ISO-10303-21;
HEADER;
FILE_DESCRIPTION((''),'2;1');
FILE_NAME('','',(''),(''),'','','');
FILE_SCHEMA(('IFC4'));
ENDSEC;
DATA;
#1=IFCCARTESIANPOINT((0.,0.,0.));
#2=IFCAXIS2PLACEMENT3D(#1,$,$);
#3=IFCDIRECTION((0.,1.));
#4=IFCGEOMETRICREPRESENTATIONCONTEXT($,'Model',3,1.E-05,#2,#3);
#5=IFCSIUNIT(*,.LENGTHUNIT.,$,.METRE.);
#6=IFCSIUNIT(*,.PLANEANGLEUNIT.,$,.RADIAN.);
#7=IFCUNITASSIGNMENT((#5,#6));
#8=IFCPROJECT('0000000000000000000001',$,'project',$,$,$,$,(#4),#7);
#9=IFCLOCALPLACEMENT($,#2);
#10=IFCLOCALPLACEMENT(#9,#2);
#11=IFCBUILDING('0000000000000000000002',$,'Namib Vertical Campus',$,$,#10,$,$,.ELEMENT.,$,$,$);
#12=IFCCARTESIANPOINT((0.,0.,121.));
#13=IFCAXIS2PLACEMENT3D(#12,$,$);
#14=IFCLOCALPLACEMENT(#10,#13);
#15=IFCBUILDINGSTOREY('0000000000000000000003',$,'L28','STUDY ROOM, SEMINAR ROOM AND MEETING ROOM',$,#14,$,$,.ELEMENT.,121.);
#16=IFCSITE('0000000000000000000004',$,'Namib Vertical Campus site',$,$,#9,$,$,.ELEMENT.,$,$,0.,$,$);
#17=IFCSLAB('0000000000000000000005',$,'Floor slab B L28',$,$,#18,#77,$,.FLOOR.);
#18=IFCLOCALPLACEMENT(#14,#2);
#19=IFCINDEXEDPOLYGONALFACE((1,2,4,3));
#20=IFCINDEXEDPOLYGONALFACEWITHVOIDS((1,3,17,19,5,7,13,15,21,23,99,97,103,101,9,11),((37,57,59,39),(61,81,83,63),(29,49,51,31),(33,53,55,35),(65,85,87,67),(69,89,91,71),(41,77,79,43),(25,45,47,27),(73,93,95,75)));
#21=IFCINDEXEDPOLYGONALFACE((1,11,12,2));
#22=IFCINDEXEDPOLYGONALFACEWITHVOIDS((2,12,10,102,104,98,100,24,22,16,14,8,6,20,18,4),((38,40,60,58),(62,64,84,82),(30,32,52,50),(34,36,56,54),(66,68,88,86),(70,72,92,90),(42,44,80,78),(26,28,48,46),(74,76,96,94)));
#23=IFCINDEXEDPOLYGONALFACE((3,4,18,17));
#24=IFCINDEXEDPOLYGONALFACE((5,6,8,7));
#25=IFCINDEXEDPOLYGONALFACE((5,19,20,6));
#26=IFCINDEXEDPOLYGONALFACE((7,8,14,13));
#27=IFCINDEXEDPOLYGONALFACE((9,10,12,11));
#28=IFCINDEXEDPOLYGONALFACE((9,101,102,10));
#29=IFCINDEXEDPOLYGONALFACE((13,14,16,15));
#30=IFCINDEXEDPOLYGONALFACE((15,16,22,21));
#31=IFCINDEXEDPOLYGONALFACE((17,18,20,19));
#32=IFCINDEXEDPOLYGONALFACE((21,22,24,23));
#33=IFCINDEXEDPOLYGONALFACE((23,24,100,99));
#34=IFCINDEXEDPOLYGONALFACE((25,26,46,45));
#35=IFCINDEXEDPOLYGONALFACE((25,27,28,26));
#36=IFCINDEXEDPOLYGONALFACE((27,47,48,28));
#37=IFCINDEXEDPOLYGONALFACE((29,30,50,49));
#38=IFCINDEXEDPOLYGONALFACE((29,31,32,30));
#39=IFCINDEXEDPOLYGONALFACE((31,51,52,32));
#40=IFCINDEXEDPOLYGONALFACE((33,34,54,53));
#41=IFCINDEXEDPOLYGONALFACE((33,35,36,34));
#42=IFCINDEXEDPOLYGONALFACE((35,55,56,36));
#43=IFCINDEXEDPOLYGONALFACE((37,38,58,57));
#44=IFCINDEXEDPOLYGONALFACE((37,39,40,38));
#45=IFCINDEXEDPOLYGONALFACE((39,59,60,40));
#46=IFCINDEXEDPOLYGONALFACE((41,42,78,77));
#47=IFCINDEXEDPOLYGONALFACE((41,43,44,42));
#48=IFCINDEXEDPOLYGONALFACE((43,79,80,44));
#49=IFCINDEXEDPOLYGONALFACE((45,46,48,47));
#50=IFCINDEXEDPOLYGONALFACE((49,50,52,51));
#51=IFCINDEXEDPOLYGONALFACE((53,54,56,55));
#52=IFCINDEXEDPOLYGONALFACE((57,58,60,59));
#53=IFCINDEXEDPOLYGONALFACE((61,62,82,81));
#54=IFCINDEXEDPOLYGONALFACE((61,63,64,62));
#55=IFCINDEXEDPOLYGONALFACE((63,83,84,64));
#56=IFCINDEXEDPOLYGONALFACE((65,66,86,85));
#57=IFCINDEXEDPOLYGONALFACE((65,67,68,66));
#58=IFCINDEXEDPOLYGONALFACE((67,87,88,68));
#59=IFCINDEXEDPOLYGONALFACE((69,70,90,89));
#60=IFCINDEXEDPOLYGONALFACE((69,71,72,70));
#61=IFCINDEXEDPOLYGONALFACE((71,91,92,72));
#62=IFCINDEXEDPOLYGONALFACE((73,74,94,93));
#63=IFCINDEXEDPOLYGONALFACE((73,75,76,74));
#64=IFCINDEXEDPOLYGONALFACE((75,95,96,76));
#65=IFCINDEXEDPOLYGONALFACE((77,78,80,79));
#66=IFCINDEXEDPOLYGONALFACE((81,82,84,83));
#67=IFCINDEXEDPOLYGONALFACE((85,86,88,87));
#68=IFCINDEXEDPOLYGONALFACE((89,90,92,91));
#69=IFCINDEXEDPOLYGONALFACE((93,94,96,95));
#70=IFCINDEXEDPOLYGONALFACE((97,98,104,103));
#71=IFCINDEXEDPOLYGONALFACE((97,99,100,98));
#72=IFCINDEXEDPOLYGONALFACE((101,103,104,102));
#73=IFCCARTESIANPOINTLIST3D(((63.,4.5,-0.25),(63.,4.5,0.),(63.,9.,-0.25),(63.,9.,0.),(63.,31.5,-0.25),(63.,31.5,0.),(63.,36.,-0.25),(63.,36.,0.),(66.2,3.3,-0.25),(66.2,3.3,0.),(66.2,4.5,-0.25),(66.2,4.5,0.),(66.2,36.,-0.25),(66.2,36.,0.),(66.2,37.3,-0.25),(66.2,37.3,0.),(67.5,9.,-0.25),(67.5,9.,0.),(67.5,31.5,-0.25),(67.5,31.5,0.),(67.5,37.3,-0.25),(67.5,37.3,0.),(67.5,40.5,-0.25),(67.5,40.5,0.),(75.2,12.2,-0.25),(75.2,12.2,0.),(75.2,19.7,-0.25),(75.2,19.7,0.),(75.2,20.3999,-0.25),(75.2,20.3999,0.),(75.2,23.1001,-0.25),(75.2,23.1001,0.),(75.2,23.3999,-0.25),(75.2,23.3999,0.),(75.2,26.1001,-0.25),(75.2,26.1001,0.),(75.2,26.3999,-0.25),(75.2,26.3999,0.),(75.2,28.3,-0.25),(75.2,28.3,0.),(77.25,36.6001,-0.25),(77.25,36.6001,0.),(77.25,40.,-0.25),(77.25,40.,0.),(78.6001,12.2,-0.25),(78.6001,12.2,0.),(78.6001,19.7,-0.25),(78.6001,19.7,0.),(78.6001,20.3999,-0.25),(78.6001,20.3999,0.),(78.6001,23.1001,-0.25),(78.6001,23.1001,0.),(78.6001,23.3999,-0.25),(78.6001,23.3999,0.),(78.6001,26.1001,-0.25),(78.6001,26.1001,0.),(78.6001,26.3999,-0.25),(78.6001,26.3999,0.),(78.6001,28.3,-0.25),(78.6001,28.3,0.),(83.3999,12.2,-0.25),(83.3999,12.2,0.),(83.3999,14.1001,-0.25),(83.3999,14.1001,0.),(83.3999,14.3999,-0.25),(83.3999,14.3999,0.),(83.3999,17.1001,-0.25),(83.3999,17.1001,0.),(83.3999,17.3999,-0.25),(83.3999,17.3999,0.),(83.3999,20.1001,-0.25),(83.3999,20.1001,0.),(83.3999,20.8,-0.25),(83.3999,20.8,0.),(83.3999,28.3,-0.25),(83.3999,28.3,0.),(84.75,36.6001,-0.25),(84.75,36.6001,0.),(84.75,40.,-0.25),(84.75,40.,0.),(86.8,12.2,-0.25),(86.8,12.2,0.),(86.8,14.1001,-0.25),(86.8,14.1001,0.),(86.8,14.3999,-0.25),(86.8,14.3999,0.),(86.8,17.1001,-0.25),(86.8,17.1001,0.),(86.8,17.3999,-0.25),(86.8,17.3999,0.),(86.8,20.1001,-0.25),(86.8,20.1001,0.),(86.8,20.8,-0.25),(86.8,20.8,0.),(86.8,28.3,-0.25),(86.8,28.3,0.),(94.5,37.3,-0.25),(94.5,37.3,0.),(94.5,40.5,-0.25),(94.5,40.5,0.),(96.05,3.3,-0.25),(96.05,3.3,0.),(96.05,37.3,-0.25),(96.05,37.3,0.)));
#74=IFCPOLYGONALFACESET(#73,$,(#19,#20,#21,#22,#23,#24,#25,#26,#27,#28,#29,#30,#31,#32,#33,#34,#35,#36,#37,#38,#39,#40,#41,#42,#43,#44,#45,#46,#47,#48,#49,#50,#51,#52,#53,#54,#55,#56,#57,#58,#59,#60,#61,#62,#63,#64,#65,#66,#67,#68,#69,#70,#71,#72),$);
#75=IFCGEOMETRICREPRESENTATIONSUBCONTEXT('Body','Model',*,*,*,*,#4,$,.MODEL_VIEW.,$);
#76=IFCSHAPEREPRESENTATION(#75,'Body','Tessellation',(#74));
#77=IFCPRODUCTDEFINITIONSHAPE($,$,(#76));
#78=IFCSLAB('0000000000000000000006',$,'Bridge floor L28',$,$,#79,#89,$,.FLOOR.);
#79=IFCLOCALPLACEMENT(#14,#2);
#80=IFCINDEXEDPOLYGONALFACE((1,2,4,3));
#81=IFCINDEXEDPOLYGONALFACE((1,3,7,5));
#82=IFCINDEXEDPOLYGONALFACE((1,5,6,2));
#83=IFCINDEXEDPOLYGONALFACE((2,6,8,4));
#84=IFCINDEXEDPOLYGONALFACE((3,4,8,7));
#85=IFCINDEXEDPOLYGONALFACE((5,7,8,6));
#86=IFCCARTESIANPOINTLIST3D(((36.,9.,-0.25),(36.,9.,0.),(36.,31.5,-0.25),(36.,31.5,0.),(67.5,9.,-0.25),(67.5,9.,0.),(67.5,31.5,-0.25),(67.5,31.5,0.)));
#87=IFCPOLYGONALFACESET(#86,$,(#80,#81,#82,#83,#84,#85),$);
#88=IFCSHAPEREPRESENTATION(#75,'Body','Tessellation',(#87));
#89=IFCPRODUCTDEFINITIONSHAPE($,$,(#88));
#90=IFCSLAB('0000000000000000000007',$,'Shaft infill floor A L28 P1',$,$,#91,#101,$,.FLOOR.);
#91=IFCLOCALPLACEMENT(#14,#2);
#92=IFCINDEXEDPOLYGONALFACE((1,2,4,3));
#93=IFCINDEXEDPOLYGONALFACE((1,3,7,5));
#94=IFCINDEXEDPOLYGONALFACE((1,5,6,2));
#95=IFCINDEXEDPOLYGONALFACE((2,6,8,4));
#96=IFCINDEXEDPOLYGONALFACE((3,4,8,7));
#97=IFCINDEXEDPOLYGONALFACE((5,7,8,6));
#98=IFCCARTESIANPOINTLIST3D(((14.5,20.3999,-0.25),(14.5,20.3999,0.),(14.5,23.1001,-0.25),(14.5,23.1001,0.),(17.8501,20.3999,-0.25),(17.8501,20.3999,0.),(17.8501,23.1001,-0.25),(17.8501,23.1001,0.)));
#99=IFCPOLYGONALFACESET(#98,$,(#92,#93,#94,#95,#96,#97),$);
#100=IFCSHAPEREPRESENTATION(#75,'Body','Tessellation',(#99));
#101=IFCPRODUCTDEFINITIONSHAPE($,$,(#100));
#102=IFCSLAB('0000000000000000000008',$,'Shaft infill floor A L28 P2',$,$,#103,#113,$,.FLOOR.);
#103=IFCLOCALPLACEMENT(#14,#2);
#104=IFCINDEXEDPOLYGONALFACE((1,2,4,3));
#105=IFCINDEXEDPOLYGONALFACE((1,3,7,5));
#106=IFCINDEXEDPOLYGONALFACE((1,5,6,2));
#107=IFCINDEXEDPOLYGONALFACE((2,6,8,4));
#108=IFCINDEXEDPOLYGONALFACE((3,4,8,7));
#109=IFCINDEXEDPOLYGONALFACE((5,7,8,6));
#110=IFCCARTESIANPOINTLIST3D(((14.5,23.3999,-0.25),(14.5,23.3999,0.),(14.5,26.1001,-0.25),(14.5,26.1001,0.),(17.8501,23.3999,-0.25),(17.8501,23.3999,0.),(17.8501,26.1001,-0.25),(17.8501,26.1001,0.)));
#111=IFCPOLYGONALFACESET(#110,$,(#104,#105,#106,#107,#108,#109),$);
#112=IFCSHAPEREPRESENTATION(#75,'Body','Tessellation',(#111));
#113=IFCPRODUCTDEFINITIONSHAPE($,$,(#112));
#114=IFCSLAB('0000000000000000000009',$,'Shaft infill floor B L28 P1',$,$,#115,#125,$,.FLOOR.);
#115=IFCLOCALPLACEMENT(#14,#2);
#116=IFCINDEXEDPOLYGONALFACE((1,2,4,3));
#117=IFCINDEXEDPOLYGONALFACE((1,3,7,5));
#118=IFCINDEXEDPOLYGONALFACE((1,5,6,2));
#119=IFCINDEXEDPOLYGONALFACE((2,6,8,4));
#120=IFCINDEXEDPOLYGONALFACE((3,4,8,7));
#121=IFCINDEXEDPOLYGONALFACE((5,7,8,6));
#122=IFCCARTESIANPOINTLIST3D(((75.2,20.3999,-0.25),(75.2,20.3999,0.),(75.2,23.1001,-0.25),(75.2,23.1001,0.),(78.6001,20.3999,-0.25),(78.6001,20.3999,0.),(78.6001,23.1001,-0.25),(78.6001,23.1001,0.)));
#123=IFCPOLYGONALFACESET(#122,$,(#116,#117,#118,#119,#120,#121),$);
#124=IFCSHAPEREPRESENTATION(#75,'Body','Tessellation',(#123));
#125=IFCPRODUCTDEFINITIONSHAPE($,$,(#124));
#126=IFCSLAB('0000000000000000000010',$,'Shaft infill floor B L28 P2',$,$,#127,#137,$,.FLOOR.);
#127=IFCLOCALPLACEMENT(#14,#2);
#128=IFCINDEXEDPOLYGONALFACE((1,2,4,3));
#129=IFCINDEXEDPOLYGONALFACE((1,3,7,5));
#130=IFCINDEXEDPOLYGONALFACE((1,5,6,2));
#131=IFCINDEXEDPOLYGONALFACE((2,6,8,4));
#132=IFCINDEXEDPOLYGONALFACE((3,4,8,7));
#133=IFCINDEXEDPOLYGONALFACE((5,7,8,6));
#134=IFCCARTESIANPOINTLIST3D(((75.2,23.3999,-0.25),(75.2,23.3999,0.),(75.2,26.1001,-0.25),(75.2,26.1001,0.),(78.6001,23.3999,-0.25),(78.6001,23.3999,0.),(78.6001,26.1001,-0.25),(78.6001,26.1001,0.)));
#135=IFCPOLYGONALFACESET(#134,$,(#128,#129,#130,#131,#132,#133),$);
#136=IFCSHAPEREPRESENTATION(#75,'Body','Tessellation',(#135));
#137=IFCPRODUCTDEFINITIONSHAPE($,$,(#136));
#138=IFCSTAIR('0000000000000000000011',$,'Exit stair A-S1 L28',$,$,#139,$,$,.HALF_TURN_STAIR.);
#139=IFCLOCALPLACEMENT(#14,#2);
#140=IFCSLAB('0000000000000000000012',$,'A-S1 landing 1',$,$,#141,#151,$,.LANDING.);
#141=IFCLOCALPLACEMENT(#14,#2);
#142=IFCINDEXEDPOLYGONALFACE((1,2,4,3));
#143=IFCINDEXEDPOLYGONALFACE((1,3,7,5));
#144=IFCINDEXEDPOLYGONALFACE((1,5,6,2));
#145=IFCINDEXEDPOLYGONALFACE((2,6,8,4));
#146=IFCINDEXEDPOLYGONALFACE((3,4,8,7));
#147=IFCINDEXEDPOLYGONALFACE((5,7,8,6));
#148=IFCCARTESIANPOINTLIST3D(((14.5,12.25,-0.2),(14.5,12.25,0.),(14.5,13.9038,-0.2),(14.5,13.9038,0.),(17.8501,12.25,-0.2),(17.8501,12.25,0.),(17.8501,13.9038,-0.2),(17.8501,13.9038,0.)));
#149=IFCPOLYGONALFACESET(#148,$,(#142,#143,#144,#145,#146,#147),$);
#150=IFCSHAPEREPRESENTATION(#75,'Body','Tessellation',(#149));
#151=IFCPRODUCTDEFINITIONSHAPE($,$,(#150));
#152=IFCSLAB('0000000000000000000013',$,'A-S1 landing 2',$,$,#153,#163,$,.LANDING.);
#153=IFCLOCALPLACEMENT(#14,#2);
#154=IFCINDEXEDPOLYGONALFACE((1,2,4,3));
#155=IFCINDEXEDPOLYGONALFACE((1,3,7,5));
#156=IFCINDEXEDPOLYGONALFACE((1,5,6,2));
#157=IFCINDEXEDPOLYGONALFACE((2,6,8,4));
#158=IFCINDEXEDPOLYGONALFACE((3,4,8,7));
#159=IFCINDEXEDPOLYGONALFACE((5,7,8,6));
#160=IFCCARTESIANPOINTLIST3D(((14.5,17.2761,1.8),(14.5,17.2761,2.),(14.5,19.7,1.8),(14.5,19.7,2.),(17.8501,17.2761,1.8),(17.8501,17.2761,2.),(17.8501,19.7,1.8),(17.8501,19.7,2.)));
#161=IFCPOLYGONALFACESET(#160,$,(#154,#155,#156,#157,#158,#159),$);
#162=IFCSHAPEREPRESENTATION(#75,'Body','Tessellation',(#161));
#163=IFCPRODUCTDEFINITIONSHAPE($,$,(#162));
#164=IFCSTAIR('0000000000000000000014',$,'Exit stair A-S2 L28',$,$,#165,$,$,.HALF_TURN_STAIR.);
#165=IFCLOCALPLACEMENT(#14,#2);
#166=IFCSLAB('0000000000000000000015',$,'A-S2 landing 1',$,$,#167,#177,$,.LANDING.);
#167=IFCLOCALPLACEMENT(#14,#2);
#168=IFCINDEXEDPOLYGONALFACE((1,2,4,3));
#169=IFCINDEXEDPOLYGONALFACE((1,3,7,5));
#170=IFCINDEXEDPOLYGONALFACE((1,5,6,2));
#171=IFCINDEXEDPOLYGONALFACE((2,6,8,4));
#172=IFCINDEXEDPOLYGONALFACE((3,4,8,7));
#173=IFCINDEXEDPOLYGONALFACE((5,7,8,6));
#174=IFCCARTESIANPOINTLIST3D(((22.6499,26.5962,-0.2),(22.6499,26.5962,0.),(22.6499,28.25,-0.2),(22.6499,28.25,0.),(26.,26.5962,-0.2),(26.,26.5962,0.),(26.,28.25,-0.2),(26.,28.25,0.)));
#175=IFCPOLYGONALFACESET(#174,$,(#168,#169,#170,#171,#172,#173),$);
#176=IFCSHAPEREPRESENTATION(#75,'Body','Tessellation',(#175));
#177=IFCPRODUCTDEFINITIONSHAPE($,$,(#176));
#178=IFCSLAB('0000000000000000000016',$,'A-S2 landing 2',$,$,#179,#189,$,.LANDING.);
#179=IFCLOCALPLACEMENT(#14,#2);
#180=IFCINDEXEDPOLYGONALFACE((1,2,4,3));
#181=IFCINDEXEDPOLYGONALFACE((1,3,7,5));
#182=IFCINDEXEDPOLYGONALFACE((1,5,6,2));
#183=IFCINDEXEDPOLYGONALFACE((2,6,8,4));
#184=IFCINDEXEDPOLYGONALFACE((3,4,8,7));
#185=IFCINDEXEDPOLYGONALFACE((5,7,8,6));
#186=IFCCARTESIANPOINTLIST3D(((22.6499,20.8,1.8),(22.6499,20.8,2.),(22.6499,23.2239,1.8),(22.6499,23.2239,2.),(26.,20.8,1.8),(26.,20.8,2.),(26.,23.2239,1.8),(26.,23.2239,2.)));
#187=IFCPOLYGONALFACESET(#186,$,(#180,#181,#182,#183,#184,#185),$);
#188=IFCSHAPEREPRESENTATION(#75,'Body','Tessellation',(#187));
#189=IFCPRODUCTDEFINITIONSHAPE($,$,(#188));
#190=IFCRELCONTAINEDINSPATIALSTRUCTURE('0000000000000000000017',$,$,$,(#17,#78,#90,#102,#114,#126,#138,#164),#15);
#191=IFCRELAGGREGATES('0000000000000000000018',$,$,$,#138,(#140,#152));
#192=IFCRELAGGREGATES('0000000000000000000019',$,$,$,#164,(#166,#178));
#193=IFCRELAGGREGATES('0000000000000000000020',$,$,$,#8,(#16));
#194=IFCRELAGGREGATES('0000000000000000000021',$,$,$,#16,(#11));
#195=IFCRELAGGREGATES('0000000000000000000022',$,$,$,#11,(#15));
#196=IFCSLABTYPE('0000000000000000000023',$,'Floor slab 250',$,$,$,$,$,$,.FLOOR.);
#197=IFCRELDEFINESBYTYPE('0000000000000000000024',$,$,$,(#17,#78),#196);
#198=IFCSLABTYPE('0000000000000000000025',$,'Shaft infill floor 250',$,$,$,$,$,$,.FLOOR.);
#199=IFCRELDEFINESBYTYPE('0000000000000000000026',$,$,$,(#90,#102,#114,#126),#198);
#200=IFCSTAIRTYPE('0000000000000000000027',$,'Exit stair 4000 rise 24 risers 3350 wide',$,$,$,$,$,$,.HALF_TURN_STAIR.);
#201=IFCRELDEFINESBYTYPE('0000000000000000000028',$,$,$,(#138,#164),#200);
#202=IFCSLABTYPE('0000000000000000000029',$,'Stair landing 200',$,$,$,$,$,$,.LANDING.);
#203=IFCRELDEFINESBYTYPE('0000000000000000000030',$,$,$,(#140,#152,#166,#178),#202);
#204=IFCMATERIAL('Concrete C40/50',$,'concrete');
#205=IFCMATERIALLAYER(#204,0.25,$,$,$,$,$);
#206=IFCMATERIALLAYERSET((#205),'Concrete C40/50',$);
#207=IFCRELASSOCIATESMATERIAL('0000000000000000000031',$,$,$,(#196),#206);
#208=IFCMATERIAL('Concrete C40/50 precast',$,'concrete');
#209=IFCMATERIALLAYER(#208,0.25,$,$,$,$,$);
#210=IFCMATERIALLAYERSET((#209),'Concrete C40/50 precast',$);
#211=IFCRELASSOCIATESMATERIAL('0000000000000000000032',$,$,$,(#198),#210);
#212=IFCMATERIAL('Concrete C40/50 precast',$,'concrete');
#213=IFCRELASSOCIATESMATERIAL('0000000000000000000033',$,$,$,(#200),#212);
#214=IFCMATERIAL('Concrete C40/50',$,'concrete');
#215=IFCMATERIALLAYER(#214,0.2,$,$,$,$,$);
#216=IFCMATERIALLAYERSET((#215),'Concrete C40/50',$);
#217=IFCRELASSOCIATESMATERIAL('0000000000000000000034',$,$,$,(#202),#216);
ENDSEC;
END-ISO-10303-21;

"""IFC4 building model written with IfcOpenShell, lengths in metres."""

from ifc_helpers import new_model, si_unit, direction, frame, origin, place, context, subcontext, project, spatial, polyline, outline, extrude, material, layer, layer_set, type_object, element, aggregate, save


model = new_model("IFC4")

# Units and contexts
model_context = context("Model", 3, precision=1e-05, world=origin(), true_north=direction((0.0, 1.0)))
body_context = subcontext(model_context, "Body", "Model", "MODEL_VIEW")
ifc_project = project(units=[si_unit("LENGTHUNIT", "METRE"), si_unit("PLANEANGLEUNIT", "RADIAN")], contexts=[model_context])

# Site, building, storey
site_placement = place(None, origin())
site = spatial("IfcSite", under=ifc_project, at=site_placement, Name="Namib Vertical Campus site", CompositionType="ELEMENT", RefElevation=0.0)
building_placement = place(site_placement, origin())
building = spatial("IfcBuilding", under=site, at=building_placement, Name="Namib Vertical Campus", CompositionType="ELEMENT")
storey_placement = place(building_placement, frame((0.0, 0.0, 121.0)))
storey = spatial("IfcBuildingStorey", under=building, at=storey_placement, Name="L28", Description="STUDY ROOM, SEMINAR ROOM AND MEETING ROOM", CompositionType="ELEMENT", Elevation=121.0)

# Slabs
ifc_material_1 = material(Name="Concrete C40/50", Category="concrete")
ifc_layer_1 = layer(ifc_material_1, 0.25)
ifc_layer_set_1 = layer_set([ifc_layer_1], Name="Concrete C40/50")
slab_type_1 = type_object("IfcSlabType", Name="Floor slab 250", PredefinedType="FLOOR", material=ifc_layer_set_1)
slab_1_placement = place(storey_placement, frame((0.0, 0.0, -0.25)))
element("IfcSlab", 1, at=slab_1_placement, inside=storey, type_object=slab_type_1, Name="Floor slab B L28", PredefinedType="FLOOR", context=body_context, shape_type="SweptSolid", body=[
    extrude(outline(polyline([(63.0, 9.0), (63.0, 4.5), (66.2, 4.5), (66.2, 3.3), (96.05, 3.3), (96.05, 37.3), (94.5, 37.3), (94.5, 40.5), (67.5, 40.5), (67.5, 37.3), (66.2, 37.3), (66.2, 36.0), (63.0, 36.0), (63.0, 31.5), (67.5, 31.5), (67.5, 9.0), (63.0, 9.0)]), holes=[polyline([(75.2, 12.2), (78.6001, 12.2), (78.6001, 19.7), (75.2, 19.7), (75.2, 12.2)]), polyline([(83.3999, 20.8), (86.8, 20.8), (86.8, 28.3), (83.3999, 28.3), (83.3999, 20.8)]), polyline([(83.3999, 12.2), (86.8, 12.2), (86.8, 14.1001), (83.3999, 14.1001), (83.3999, 12.2)]), polyline([(75.2, 20.3999), (78.6001, 20.3999), (78.6001, 23.1001), (75.2, 23.1001), (75.2, 20.3999)]), polyline([(75.2, 23.3999), (78.6001, 23.3999), (78.6001, 26.1001), (75.2, 26.1001), (75.2, 23.3999)]), polyline([(75.2, 26.3999), (78.6001, 26.3999), (78.6001, 28.3), (75.2, 28.3), (75.2, 26.3999)]), polyline([(83.3999, 14.3999), (86.8, 14.3999), (86.8, 17.1001), (83.3999, 17.1001), (83.3999, 14.3999)]), polyline([(83.3999, 17.3999), (86.8, 17.3999), (86.8, 20.1001), (83.3999, 20.1001), (83.3999, 17.3999)]), polyline([(77.25, 36.6001), (84.75, 36.6001), (84.75, 40.0), (77.25, 40.0), (77.25, 36.6001)])]), origin(), (0.0, 0.0, 1.0), 0.25),
])
slab_2_placement = place(storey_placement, frame((0.0, 0.0, -0.25)))
element("IfcSlab", 2, at=slab_2_placement, inside=storey, type_object=slab_type_1, Name="Bridge floor L28", PredefinedType="FLOOR", context=body_context, shape_type="SweptSolid", body=[
    extrude(outline(polyline([(36.0, 9.0), (67.5, 9.0), (67.5, 31.5), (36.0, 31.5), (36.0, 9.0)])), origin(), (0.0, 0.0, 1.0), 0.25),
])
ifc_material_2 = material(Name="Concrete C40/50 precast", Category="concrete")
ifc_layer_2 = layer(ifc_material_2, 0.25)
ifc_layer_set_2 = layer_set([ifc_layer_2], Name="Concrete C40/50 precast")
slab_type_2 = type_object("IfcSlabType", Name="Shaft infill floor 250", PredefinedType="FLOOR", material=ifc_layer_set_2)
slab_3_placement = place(storey_placement, frame((0.0, 0.0, -0.25)))
element("IfcSlab", 3, at=slab_3_placement, inside=storey, type_object=slab_type_2, Name="Shaft infill floor A L28 P1", PredefinedType="FLOOR", context=body_context, shape_type="SweptSolid", body=[
    extrude(outline(polyline([(14.5, 20.3999), (17.8501, 20.3999), (17.8501, 23.1001), (14.5, 23.1001), (14.5, 20.3999)])), origin(), (0.0, 0.0, 1.0), 0.25),
])
slab_4_placement = place(storey_placement, frame((0.0, 0.0, -0.25)))
element("IfcSlab", 4, at=slab_4_placement, inside=storey, type_object=slab_type_2, Name="Shaft infill floor A L28 P2", PredefinedType="FLOOR", context=body_context, shape_type="SweptSolid", body=[
    extrude(outline(polyline([(14.5, 23.3999), (17.8501, 23.3999), (17.8501, 26.1001), (14.5, 26.1001), (14.5, 23.3999)])), origin(), (0.0, 0.0, 1.0), 0.25),
])
slab_5_placement = place(storey_placement, frame((0.0, 0.0, -0.25)))
element("IfcSlab", 5, at=slab_5_placement, inside=storey, type_object=slab_type_2, Name="Shaft infill floor B L28 P1", PredefinedType="FLOOR", context=body_context, shape_type="SweptSolid", body=[
    extrude(outline(polyline([(75.2, 20.3999), (78.6001, 20.3999), (78.6001, 23.1001), (75.2, 23.1001), (75.2, 20.3999)])), origin(), (0.0, 0.0, 1.0), 0.25),
])
slab_6_placement = place(storey_placement, frame((0.0, 0.0, -0.25)))
element("IfcSlab", 6, at=slab_6_placement, inside=storey, type_object=slab_type_2, Name="Shaft infill floor B L28 P2", PredefinedType="FLOOR", context=body_context, shape_type="SweptSolid", body=[
    extrude(outline(polyline([(75.2, 23.3999), (78.6001, 23.3999), (78.6001, 26.1001), (75.2, 26.1001), (75.2, 23.3999)])), origin(), (0.0, 0.0, 1.0), 0.25),
])

# Stairs, slabs
ifc_material_3 = material(Name="Concrete C40/50 precast", Category="concrete")
stair_type_1 = type_object("IfcStairType", Name="Exit stair 4000 rise 24 risers 3350 wide", PredefinedType="HALF_TURN_STAIR", material=ifc_material_3)
stair_1_placement = place(storey_placement, origin())
stair_1 = element("IfcStair", 7, at=stair_1_placement, inside=storey, type_object=stair_type_1, Name="Exit stair A-S1 L28", PredefinedType="HALF_TURN_STAIR")
ifc_material_4 = material(Name="Concrete C40/50", Category="concrete")
ifc_layer_3 = layer(ifc_material_4, 0.2)
ifc_layer_set_3 = layer_set([ifc_layer_3], Name="Concrete C40/50")
slab_type_3 = type_object("IfcSlabType", Name="Stair landing 200", PredefinedType="LANDING", material=ifc_layer_set_3)
slab_7_placement = place(storey_placement, frame((0.0, 0.0, -0.2)))
slab_7 = element("IfcSlab", 8, at=slab_7_placement, type_object=slab_type_3, Name="A-S1 landing 1", PredefinedType="LANDING", context=body_context, shape_type="SweptSolid", body=[
    extrude(outline(polyline([(14.5, 12.25), (17.8501, 12.25), (17.8501, 13.9038), (14.5, 13.9038), (14.5, 12.25)])), origin(), (0.0, 0.0, 1.0), 0.2),
])
slab_8_placement = place(storey_placement, frame((0.0, 0.0, 1.8)))
slab_8 = element("IfcSlab", 9, at=slab_8_placement, type_object=slab_type_3, Name="A-S1 landing 2", PredefinedType="LANDING", context=body_context, shape_type="SweptSolid", body=[
    extrude(outline(polyline([(14.5, 17.2761), (17.8501, 17.2761), (17.8501, 19.7), (14.5, 19.7), (14.5, 17.2761)])), origin(), (0.0, 0.0, 1.0), 0.2),
])
aggregate(stair_1, [slab_7, slab_8])
stair_2_placement = place(storey_placement, origin())
stair_2 = element("IfcStair", 10, at=stair_2_placement, inside=storey, type_object=stair_type_1, Name="Exit stair A-S2 L28", PredefinedType="HALF_TURN_STAIR")
slab_9_placement = place(storey_placement, frame((0.0, 0.0, -0.2)))
slab_9 = element("IfcSlab", 11, at=slab_9_placement, type_object=slab_type_3, Name="A-S2 landing 1", PredefinedType="LANDING", context=body_context, shape_type="SweptSolid", body=[
    extrude(outline(polyline([(22.6499, 26.5962), (26.0, 26.5962), (26.0, 28.25), (22.6499, 28.25), (22.6499, 26.5962)])), origin(), (0.0, 0.0, 1.0), 0.2),
])
slab_10_placement = place(storey_placement, frame((0.0, 0.0, 1.8)))
slab_10 = element("IfcSlab", 12, at=slab_10_placement, type_object=slab_type_3, Name="A-S2 landing 2", PredefinedType="LANDING", context=body_context, shape_type="SweptSolid", body=[
    extrude(outline(polyline([(22.6499, 20.8), (26.0, 20.8), (26.0, 23.2239), (22.6499, 23.2239), (22.6499, 20.8)])), origin(), (0.0, 0.0, 1.0), 0.2),
])
aggregate(stair_2, [slab_9, slab_10])

save(model, "model.ifc")
